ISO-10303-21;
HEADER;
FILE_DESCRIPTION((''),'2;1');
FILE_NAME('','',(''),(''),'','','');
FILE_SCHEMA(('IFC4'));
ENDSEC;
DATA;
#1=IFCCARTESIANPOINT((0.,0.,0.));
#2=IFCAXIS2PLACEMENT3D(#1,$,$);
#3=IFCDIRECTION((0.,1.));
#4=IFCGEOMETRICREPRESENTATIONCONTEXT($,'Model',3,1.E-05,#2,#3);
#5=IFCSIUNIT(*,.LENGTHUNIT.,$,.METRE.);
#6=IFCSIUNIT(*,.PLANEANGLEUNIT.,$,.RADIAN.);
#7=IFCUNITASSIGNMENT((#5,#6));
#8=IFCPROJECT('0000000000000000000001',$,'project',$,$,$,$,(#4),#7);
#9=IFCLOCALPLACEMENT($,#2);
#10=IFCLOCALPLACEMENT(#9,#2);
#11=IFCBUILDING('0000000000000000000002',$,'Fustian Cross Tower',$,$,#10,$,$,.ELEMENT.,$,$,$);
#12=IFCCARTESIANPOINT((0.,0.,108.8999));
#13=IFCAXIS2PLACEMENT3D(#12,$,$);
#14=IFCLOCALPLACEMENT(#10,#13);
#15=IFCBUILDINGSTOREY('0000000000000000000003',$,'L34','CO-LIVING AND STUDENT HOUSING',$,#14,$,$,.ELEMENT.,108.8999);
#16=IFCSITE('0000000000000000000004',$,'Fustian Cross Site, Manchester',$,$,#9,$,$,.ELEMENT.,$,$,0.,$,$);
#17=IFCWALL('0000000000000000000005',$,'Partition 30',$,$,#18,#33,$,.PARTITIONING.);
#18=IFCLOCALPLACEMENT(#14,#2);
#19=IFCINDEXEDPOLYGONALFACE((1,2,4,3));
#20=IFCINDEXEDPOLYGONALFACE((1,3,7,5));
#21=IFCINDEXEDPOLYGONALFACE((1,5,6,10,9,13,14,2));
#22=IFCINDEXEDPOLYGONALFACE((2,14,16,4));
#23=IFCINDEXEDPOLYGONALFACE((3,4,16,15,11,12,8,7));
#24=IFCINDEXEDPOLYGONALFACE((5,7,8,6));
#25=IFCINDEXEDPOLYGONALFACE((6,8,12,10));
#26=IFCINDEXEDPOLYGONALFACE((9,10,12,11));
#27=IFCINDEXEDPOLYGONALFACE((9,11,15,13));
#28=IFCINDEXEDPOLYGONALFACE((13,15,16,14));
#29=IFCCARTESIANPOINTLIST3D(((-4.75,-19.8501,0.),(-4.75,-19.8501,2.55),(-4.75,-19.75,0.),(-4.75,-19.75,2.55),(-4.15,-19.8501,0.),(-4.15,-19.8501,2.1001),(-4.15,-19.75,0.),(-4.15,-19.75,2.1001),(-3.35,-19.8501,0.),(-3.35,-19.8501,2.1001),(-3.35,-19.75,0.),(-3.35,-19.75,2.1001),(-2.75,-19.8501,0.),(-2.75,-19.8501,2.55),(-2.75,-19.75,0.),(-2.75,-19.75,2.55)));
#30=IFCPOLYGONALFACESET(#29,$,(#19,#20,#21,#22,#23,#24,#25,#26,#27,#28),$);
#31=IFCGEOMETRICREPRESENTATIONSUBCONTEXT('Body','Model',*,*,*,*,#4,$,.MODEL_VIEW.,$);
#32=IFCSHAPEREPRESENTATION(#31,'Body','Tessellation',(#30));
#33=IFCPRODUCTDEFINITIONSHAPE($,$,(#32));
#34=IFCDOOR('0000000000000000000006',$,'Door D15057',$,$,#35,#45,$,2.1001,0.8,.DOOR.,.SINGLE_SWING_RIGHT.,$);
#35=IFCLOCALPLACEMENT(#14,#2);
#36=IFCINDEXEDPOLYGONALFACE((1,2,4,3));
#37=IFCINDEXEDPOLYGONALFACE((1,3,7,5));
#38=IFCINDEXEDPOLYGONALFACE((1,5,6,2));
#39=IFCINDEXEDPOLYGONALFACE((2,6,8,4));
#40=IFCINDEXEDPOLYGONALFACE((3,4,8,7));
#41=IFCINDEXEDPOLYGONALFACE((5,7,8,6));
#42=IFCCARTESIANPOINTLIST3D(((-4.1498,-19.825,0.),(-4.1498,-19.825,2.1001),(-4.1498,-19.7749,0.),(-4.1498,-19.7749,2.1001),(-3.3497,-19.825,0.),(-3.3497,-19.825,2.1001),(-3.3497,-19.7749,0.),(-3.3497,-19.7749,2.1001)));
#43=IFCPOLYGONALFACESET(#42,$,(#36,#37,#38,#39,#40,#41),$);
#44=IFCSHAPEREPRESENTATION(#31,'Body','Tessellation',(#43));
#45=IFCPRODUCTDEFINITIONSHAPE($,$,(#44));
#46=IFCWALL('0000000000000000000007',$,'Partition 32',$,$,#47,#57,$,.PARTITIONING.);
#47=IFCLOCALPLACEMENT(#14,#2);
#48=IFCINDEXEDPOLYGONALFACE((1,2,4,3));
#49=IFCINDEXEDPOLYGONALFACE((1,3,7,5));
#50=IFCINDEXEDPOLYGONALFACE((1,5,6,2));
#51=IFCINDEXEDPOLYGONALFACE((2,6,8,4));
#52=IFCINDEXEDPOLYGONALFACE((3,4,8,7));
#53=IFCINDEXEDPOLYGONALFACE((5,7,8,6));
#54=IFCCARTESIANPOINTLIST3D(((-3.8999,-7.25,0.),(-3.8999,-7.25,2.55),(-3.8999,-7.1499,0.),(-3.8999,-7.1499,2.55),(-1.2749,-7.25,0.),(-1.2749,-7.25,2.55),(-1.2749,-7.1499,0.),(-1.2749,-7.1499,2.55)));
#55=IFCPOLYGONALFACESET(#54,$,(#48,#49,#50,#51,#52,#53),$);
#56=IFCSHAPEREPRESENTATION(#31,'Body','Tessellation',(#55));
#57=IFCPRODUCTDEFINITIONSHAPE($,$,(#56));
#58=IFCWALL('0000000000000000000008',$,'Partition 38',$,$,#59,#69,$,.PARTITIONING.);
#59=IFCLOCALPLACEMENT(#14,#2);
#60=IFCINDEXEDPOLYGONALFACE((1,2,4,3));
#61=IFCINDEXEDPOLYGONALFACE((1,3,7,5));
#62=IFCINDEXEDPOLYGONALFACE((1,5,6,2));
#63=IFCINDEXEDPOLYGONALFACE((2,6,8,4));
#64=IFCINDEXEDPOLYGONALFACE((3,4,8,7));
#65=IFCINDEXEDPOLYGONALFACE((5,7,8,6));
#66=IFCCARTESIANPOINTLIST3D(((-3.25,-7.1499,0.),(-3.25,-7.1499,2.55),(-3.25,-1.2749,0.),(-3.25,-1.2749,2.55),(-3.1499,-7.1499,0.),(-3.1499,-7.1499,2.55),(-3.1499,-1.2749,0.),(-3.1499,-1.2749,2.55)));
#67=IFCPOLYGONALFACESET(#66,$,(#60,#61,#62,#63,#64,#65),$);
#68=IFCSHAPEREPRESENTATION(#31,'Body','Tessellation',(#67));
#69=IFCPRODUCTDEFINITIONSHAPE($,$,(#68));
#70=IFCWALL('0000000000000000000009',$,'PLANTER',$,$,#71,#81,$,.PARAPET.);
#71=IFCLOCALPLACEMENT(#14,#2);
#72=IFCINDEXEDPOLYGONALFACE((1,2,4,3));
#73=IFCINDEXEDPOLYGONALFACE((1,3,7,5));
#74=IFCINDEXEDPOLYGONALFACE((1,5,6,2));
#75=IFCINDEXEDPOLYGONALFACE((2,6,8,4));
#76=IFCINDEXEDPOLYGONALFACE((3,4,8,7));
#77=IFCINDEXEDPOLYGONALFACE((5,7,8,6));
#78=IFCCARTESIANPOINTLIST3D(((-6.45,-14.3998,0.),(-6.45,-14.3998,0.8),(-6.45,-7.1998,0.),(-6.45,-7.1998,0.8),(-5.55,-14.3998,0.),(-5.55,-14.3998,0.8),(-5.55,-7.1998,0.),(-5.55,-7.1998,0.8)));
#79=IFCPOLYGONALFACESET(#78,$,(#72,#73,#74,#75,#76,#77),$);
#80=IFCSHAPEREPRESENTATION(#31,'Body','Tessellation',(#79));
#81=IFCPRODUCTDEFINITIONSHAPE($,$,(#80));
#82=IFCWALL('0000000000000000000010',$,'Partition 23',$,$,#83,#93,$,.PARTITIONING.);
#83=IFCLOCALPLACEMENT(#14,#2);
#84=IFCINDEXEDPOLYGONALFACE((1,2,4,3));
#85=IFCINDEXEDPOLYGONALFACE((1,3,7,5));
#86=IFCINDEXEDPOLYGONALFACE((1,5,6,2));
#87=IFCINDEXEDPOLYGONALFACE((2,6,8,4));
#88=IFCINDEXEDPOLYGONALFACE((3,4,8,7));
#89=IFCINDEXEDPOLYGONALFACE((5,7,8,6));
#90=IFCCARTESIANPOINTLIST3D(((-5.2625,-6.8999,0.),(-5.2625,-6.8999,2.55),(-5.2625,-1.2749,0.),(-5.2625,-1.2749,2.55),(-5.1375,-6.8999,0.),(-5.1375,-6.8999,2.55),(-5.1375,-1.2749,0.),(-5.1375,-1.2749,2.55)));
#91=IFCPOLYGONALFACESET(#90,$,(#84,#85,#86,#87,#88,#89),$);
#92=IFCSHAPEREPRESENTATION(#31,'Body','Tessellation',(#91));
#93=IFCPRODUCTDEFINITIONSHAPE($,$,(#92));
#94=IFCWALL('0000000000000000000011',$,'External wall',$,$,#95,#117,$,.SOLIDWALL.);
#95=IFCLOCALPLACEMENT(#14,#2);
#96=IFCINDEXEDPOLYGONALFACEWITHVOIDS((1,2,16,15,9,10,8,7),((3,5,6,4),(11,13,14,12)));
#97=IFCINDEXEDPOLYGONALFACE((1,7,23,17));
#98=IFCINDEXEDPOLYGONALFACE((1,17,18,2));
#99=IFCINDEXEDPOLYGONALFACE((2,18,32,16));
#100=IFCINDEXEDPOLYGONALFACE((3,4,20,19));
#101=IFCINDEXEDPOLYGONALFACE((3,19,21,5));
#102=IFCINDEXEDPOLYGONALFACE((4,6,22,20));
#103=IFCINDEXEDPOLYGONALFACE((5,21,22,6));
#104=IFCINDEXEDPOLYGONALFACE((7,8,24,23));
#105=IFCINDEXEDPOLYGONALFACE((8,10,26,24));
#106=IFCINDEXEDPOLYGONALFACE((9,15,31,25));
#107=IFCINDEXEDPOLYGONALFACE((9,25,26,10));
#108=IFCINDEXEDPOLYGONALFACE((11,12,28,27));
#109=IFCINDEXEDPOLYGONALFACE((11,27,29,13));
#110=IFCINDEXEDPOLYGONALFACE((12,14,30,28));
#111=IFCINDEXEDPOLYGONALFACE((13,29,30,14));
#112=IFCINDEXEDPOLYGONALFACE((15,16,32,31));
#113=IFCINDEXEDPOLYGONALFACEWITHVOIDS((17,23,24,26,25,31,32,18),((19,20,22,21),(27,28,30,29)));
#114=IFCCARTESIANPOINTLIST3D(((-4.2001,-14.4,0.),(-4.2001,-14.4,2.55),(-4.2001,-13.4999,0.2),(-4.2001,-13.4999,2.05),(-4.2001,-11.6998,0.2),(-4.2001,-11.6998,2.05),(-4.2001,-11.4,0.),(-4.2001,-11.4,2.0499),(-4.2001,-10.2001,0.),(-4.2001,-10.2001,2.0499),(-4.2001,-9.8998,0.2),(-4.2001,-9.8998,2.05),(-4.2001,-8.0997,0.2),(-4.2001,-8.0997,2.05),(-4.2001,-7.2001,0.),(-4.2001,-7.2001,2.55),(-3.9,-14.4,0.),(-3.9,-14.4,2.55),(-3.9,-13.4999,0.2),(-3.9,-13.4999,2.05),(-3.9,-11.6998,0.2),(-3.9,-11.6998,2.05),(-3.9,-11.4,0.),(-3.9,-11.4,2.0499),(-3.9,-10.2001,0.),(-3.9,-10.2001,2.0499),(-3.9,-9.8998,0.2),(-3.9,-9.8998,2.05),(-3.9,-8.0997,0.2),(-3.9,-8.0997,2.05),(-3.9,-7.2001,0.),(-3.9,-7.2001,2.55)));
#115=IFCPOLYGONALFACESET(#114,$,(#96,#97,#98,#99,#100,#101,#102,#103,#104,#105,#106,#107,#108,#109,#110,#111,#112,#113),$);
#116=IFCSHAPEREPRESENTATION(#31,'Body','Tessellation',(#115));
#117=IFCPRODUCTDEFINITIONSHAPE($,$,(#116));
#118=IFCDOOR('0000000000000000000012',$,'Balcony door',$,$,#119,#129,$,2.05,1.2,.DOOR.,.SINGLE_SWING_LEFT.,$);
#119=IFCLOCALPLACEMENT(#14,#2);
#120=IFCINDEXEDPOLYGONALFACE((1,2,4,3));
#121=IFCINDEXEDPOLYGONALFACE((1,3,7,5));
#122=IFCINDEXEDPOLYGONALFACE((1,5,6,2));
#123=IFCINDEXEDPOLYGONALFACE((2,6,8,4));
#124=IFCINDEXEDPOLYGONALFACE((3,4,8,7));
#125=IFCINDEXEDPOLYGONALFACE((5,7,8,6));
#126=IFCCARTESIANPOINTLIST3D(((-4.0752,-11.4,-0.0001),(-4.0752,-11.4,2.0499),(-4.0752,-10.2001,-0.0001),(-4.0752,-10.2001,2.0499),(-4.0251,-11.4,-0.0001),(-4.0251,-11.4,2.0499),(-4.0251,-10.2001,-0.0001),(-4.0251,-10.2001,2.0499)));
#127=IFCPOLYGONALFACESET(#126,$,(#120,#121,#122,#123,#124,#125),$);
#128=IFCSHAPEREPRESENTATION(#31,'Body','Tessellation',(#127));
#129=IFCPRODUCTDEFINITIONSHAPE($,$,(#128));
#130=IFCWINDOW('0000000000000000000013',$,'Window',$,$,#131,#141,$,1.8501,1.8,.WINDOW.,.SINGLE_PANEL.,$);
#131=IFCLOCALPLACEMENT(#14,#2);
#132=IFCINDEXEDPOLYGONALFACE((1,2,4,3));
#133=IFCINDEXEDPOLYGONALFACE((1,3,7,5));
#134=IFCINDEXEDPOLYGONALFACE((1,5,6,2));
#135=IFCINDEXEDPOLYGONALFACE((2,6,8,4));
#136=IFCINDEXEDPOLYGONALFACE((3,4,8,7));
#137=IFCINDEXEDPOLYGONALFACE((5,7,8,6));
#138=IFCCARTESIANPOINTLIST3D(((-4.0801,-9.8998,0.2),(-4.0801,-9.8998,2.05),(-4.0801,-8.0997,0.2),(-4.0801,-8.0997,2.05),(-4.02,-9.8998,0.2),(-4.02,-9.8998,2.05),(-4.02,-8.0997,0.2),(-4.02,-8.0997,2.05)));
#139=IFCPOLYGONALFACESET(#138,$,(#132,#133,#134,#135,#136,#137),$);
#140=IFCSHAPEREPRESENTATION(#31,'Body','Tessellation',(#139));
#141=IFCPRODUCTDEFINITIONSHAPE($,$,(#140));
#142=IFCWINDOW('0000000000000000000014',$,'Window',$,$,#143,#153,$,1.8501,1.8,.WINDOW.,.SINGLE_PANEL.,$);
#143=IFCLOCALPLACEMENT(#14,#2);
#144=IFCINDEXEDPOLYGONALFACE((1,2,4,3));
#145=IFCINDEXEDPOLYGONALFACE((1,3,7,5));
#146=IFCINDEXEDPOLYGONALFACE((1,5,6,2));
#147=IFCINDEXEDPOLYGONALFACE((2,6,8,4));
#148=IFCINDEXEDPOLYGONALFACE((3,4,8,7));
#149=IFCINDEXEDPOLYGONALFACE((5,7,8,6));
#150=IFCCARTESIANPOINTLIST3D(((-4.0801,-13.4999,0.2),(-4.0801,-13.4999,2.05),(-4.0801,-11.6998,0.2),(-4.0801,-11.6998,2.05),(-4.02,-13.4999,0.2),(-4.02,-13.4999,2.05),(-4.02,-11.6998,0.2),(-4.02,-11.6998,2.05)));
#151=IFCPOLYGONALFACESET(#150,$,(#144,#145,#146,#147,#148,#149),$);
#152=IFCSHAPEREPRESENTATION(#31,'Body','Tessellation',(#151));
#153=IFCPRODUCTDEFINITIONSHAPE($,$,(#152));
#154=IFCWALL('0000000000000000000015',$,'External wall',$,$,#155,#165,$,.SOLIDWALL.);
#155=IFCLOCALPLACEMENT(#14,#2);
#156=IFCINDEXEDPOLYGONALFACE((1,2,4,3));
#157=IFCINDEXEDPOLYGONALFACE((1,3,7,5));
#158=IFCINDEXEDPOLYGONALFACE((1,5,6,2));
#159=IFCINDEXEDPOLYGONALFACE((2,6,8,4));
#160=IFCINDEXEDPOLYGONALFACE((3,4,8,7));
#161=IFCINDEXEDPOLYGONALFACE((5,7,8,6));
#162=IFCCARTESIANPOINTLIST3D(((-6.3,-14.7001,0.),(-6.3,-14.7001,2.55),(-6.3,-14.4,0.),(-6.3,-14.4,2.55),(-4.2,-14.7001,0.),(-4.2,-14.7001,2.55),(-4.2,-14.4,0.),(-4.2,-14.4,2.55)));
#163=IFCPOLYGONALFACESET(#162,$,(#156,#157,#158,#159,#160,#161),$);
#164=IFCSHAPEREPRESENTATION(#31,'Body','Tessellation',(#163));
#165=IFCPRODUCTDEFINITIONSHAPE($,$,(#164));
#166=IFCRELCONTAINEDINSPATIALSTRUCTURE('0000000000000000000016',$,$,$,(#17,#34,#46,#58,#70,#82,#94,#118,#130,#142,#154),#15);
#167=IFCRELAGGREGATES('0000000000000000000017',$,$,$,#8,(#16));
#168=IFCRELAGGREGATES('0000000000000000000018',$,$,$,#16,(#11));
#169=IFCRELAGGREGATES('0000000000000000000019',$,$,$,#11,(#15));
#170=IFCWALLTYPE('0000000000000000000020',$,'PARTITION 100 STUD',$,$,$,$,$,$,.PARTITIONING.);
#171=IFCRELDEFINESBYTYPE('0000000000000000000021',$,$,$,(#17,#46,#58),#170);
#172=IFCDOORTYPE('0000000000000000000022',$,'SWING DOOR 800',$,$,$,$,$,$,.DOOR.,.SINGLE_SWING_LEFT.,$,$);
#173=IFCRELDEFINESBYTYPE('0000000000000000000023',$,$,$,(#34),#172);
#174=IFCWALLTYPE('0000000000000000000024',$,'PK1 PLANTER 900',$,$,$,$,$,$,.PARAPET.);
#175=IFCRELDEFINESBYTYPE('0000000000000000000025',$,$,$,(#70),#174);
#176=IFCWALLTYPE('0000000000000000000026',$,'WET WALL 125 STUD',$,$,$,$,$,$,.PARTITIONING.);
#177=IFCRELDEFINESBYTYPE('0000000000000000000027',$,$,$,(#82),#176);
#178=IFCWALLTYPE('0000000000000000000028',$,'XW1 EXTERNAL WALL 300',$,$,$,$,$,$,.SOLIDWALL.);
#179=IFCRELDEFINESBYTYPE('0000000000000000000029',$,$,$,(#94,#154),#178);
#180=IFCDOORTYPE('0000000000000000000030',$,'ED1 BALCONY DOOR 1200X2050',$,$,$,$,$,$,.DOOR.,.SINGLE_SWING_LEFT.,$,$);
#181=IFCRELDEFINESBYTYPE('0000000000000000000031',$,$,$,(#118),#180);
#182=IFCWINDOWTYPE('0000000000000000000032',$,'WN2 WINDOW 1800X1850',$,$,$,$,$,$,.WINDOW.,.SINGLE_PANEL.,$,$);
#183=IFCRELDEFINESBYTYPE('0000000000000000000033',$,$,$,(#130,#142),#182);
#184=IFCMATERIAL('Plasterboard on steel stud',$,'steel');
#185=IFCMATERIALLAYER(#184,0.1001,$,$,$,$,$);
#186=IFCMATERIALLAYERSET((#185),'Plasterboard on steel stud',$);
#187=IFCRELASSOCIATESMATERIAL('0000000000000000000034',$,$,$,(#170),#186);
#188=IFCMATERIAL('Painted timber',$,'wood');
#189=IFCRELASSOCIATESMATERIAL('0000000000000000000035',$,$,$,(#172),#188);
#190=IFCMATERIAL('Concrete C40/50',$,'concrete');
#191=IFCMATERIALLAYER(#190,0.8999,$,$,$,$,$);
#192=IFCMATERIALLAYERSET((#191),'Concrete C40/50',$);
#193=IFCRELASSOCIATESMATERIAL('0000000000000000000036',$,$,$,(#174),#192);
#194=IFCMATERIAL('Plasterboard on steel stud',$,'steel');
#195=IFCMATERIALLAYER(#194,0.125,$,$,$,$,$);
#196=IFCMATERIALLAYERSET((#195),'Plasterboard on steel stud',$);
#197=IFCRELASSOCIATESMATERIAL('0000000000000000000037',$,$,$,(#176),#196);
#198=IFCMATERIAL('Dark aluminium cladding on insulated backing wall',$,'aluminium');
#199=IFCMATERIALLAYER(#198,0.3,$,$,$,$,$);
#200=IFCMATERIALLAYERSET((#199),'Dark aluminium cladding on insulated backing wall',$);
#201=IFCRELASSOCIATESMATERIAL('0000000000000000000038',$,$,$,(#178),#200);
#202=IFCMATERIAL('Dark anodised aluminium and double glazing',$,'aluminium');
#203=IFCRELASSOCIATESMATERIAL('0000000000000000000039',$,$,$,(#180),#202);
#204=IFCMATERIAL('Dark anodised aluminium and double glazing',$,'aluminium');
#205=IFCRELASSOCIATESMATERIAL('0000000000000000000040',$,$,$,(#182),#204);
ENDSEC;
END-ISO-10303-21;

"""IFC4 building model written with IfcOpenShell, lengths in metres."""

from ifc_helpers import new_model, si_unit, direction, frame, frame_2d, origin, place, context, subcontext, project, spatial, rectangle, extrude, material, layer, layer_set, type_object, element, fill, save


model = new_model("IFC4")

# Units and contexts
model_context = context("Model", 3, precision=1e-05, world=origin(), true_north=direction((0.0, 1.0)))
body_context = subcontext(model_context, "Body", "Model", "MODEL_VIEW")
ifc_project = project(units=[si_unit("LENGTHUNIT", "METRE"), si_unit("PLANEANGLEUNIT", "RADIAN")], contexts=[model_context])

# Site, building, storey
site_placement = place(None, origin())
site = spatial("IfcSite", under=ifc_project, at=site_placement, Name="Fustian Cross Site, Manchester", CompositionType="ELEMENT", RefElevation=0.0)
building_placement = place(site_placement, origin())
building = spatial("IfcBuilding", under=site, at=building_placement, Name="Fustian Cross Tower", CompositionType="ELEMENT")
storey_placement = place(building_placement, frame((0.0, 0.0, 108.8999)))
storey = spatial("IfcBuildingStorey", under=building, at=storey_placement, Name="L34", Description="CO-LIVING AND STUDENT HOUSING", CompositionType="ELEMENT", Elevation=108.8999)

# Wall, opening, door
ifc_material_1 = material(Name="Plasterboard on steel stud", Category="steel")
ifc_layer_1 = layer(ifc_material_1, 0.1001)
ifc_layer_set_1 = layer_set([ifc_layer_1], Name="Plasterboard on steel stud")
wall_type_1 = type_object("IfcWallType", Name="PARTITION 100 STUD", PredefinedType="PARTITIONING", material=ifc_layer_set_1)
ifc_material_2 = material(Name="Painted timber", Category="wood")
door_type_1 = type_object("IfcDoorType", Name="SWING DOOR 800", OperationType="SINGLE_SWING_LEFT", PredefinedType="DOOR", material=ifc_material_2)
wall_1_placement = place(storey_placement, frame((-4.75, -19.8, 0.0), z_axis=(0.0, 0.0, 1.0), x_axis=(1.0, 0.0, 0.0)))
wall_1 = element("IfcWall", 1, at=wall_1_placement, inside=storey, type_object=wall_type_1, Name="Partition 30", PredefinedType="PARTITIONING", context=body_context, shape_type="SweptSolid", body=[
    extrude(rectangle(XDim=2.0, YDim=0.1001, at=frame_2d((1.0, 0.0))), origin(), (0.0, 0.0, 1.0), 2.55),
])
opening_1_placement = place(wall_1_placement, frame((0.6001, 0.0, 0.0)))
opening_1 = element("IfcOpeningElement", 2, at=opening_1_placement, cuts=wall_1, PredefinedType="OPENING", context=body_context, shape_type="SweptSolid", body=[
    extrude(rectangle(XDim=0.8, YDim=2.1001, at=frame_2d((0.3999, 1.05))), frame((0.0, 0.0601, 0.0), z_axis=(0.0, -1.0, 0.0), x_axis=(1.0, 0.0, 0.0)), (0.0, 0.0, 1.0), 0.1201),
])
door_1_placement = place(opening_1_placement, frame((0.8, 0.0, 0.0), z_axis=(0.0, 0.0, 1.0), x_axis=(-1.0, 0.0, 0.0)))
door_1 = element("IfcDoor", 3, at=door_1_placement, inside=storey, type_object=door_type_1, Name="Door D15057", OperationType="SINGLE_SWING_RIGHT", OverallHeight=2.1001, OverallWidth=0.8, PredefinedType="DOOR", context=body_context, shape_type="SweptSolid", body=[
    extrude(rectangle(XDim=0.8, YDim=2.1001, at=frame_2d((0.3999, 1.05))), frame((0.0, 0.0249, 0.0), z_axis=(0.0, -1.0, 0.0), x_axis=(1.0, 0.0, 0.0)), (0.0, 0.0, 1.0), 0.05),
])
fill(opening_1, door_1)

# Walls
wall_2_placement = place(storey_placement, frame((-3.8999, -7.2, 0.0), z_axis=(0.0, 0.0, 1.0), x_axis=(1.0, 0.0, 0.0)))
element("IfcWall", 4, at=wall_2_placement, inside=storey, type_object=wall_type_1, Name="Partition 32", PredefinedType="PARTITIONING", context=body_context, shape_type="SweptSolid", body=[
    extrude(rectangle(XDim=2.625, YDim=0.1001, at=frame_2d((1.3125, 0.0))), origin(), (0.0, 0.0, 1.0), 2.55),
])
wall_3_placement = place(storey_placement, frame((-3.2, -7.1499, 0.0), z_axis=(0.0, 0.0, 1.0), x_axis=(0.0, 1.0, 0.0)))
element("IfcWall", 5, at=wall_3_placement, inside=storey, type_object=wall_type_1, Name="Partition 38", PredefinedType="PARTITIONING", context=body_context, shape_type="SweptSolid", body=[
    extrude(rectangle(XDim=5.875, YDim=0.1001, at=frame_2d((2.9375, 0.0))), origin(), (0.0, 0.0, 1.0), 2.55),
])
ifc_material_3 = material(Name="Concrete C40/50", Category="concrete")
ifc_layer_2 = layer(ifc_material_3, 0.8999)
ifc_layer_set_2 = layer_set([ifc_layer_2], Name="Concrete C40/50")
wall_type_2 = type_object("IfcWallType", Name="PK1 PLANTER 900", PredefinedType="PARAPET", material=ifc_layer_set_2)
wall_4_placement = place(storey_placement, frame((-6.0, -14.3999, 0.0), z_axis=(0.0, 0.0, 1.0), x_axis=(0.0, 1.0, 0.0)))
element("IfcWall", 6, at=wall_4_placement, inside=storey, type_object=wall_type_2, Name="PLANTER", PredefinedType="PARAPET", context=body_context, shape_type="SweptSolid", body=[
    extrude(rectangle(XDim=7.2, YDim=0.8999, at=frame_2d((3.6001, 0.0))), origin(), (0.0, 0.0, 1.0), 0.8),
])
ifc_material_4 = material(Name="Plasterboard on steel stud", Category="steel")
ifc_layer_3 = layer(ifc_material_4, 0.125)
ifc_layer_set_3 = layer_set([ifc_layer_3], Name="Plasterboard on steel stud")
wall_type_3 = type_object("IfcWallType", Name="WET WALL 125 STUD", PredefinedType="PARTITIONING", material=ifc_layer_set_3)
wall_5_placement = place(storey_placement, frame((-5.2, -6.8999, 0.0), z_axis=(0.0, 0.0, 1.0), x_axis=(0.0, 1.0, 0.0)))
element("IfcWall", 7, at=wall_5_placement, inside=storey, type_object=wall_type_3, Name="Partition 23", PredefinedType="PARTITIONING", context=body_context, shape_type="SweptSolid", body=[
    extrude(rectangle(XDim=5.625, YDim=0.125, at=frame_2d((2.8125, 0.0))), origin(), (0.0, 0.0, 1.0), 2.55),
])

# Wall, openings, door, windows
ifc_material_5 = material(Name="Dark aluminium cladding on insulated backing wall", Category="aluminium")
ifc_layer_4 = layer(ifc_material_5, 0.3)
ifc_layer_set_4 = layer_set([ifc_layer_4], Name="Dark aluminium cladding on insulated backing wall")
wall_type_4 = type_object("IfcWallType", Name="XW1 EXTERNAL WALL 300", PredefinedType="SOLIDWALL", material=ifc_layer_set_4)
wall_6_placement = place(storey_placement, frame((-4.05, -7.2, 0.0), z_axis=(0.0, 0.0, 1.0), x_axis=(0.0, -1.0, 0.0)))
wall_6 = element("IfcWall", 8, at=wall_6_placement, inside=storey, type_object=wall_type_4, Name="External wall", PredefinedType="SOLIDWALL", context=body_context, shape_type="SweptSolid", body=[
    extrude(rectangle(XDim=7.2, YDim=0.3, at=frame_2d((3.6001, 0.0))), origin(), (0.0, 0.0, 1.0), 2.55),
])
opening_2_placement = place(wall_6_placement, frame((3.0, 0.0, 0.0)))
opening_2 = element("IfcOpeningElement", 9, at=opening_2_placement, cuts=wall_6, PredefinedType="OPENING", context=body_context, shape_type="SweptSolid", body=[
    extrude(rectangle(XDim=1.2, YDim=2.05, at=frame_2d((0.6001, 1.0249))), frame((0.0, 0.1599, 0.0), z_axis=(0.0, -1.0, 0.0), x_axis=(1.0, 0.0, 0.0)), (0.0, 0.0, 1.0), 0.3201),
])
opening_3_placement = place(wall_6_placement, frame((0.8999, 0.0, 0.2)))
opening_3 = element("IfcOpeningElement", 10, at=opening_3_placement, cuts=wall_6, PredefinedType="OPENING", context=body_context, shape_type="SweptSolid", body=[
    extrude(rectangle(XDim=1.8, YDim=1.8501, at=frame_2d((0.8999, 0.925))), frame((0.0, 0.1599, 0.0), z_axis=(0.0, -1.0, 0.0), x_axis=(1.0, 0.0, 0.0)), (0.0, 0.0, 1.0), 0.3201),
])
opening_4_placement = place(wall_6_placement, frame((4.5, 0.0, 0.2)))
opening_4 = element("IfcOpeningElement", 11, at=opening_4_placement, cuts=wall_6, PredefinedType="OPENING", context=body_context, shape_type="SweptSolid", body=[
    extrude(rectangle(XDim=1.8, YDim=1.8501, at=frame_2d((0.8999, 0.925))), frame((0.0, 0.1599, 0.0), z_axis=(0.0, -1.0, 0.0), x_axis=(1.0, 0.0, 0.0)), (0.0, 0.0, 1.0), 0.3201),
])
ifc_material_6 = material(Name="Dark anodised aluminium and double glazing", Category="aluminium")
door_type_2 = type_object("IfcDoorType", Name="ED1 BALCONY DOOR 1200X2050", OperationType="SINGLE_SWING_LEFT", PredefinedType="DOOR", material=ifc_material_6)
door_2_placement = place(opening_2_placement, origin())
door_2 = element("IfcDoor", 12, at=door_2_placement, inside=storey, type_object=door_type_2, Name="Balcony door", OperationType="SINGLE_SWING_LEFT", OverallHeight=2.05, OverallWidth=1.2, PredefinedType="DOOR", context=body_context, shape_type="SweptSolid", body=[
    extrude(rectangle(XDim=1.2, YDim=2.05, at=frame_2d((0.6001, 1.0249))), frame((0.0, 0.0249, 0.0), z_axis=(0.0, -1.0, 0.0), x_axis=(1.0, 0.0, 0.0)), (0.0, 0.0, 1.0), 0.05),
])
fill(opening_2, door_2)
ifc_material_7 = material(Name="Dark anodised aluminium and double glazing", Category="aluminium")
window_type = type_object("IfcWindowType", Name="WN2 WINDOW 1800X1850", PartitioningType="SINGLE_PANEL", PredefinedType="WINDOW", material=ifc_material_7)
window_1_placement = place(opening_3_placement, origin())
window_1 = element("IfcWindow", 13, at=window_1_placement, inside=storey, type_object=window_type, Name="Window", OverallHeight=1.8501, OverallWidth=1.8, PartitioningType="SINGLE_PANEL", PredefinedType="WINDOW", context=body_context, shape_type="SweptSolid", body=[
    extrude(rectangle(XDim=1.8, YDim=1.8501, at=frame_2d((0.8999, 0.925))), frame((0.0, 0.03, 0.0), z_axis=(0.0, -1.0, 0.0), x_axis=(1.0, 0.0, 0.0)), (0.0, 0.0, 1.0), 0.0601),
])
fill(opening_3, window_1)
window_2_placement = place(opening_4_placement, origin())
window_2 = element("IfcWindow", 14, at=window_2_placement, inside=storey, type_object=window_type, Name="Window", OverallHeight=1.8501, OverallWidth=1.8, PartitioningType="SINGLE_PANEL", PredefinedType="WINDOW", context=body_context, shape_type="SweptSolid", body=[
    extrude(rectangle(XDim=1.8, YDim=1.8501, at=frame_2d((0.8999, 0.925))), frame((0.0, 0.03, 0.0), z_axis=(0.0, -1.0, 0.0), x_axis=(1.0, 0.0, 0.0)), (0.0, 0.0, 1.0), 0.0601),
])
fill(opening_4, window_2)

# Wall
wall_7_placement = place(storey_placement, frame((-4.2, -14.55, 0.0), z_axis=(0.0, 0.0, 1.0), x_axis=(-1.0, 0.0, 0.0)))
element("IfcWall", 15, at=wall_7_placement, inside=storey, type_object=wall_type_4, Name="External wall", PredefinedType="SOLIDWALL", context=body_context, shape_type="SweptSolid", body=[
    extrude(rectangle(XDim=2.1001, YDim=0.3, at=frame_2d((1.05, 0.0))), origin(), (0.0, 0.0, 1.0), 2.55),
])

save(model, "model.ifc")
